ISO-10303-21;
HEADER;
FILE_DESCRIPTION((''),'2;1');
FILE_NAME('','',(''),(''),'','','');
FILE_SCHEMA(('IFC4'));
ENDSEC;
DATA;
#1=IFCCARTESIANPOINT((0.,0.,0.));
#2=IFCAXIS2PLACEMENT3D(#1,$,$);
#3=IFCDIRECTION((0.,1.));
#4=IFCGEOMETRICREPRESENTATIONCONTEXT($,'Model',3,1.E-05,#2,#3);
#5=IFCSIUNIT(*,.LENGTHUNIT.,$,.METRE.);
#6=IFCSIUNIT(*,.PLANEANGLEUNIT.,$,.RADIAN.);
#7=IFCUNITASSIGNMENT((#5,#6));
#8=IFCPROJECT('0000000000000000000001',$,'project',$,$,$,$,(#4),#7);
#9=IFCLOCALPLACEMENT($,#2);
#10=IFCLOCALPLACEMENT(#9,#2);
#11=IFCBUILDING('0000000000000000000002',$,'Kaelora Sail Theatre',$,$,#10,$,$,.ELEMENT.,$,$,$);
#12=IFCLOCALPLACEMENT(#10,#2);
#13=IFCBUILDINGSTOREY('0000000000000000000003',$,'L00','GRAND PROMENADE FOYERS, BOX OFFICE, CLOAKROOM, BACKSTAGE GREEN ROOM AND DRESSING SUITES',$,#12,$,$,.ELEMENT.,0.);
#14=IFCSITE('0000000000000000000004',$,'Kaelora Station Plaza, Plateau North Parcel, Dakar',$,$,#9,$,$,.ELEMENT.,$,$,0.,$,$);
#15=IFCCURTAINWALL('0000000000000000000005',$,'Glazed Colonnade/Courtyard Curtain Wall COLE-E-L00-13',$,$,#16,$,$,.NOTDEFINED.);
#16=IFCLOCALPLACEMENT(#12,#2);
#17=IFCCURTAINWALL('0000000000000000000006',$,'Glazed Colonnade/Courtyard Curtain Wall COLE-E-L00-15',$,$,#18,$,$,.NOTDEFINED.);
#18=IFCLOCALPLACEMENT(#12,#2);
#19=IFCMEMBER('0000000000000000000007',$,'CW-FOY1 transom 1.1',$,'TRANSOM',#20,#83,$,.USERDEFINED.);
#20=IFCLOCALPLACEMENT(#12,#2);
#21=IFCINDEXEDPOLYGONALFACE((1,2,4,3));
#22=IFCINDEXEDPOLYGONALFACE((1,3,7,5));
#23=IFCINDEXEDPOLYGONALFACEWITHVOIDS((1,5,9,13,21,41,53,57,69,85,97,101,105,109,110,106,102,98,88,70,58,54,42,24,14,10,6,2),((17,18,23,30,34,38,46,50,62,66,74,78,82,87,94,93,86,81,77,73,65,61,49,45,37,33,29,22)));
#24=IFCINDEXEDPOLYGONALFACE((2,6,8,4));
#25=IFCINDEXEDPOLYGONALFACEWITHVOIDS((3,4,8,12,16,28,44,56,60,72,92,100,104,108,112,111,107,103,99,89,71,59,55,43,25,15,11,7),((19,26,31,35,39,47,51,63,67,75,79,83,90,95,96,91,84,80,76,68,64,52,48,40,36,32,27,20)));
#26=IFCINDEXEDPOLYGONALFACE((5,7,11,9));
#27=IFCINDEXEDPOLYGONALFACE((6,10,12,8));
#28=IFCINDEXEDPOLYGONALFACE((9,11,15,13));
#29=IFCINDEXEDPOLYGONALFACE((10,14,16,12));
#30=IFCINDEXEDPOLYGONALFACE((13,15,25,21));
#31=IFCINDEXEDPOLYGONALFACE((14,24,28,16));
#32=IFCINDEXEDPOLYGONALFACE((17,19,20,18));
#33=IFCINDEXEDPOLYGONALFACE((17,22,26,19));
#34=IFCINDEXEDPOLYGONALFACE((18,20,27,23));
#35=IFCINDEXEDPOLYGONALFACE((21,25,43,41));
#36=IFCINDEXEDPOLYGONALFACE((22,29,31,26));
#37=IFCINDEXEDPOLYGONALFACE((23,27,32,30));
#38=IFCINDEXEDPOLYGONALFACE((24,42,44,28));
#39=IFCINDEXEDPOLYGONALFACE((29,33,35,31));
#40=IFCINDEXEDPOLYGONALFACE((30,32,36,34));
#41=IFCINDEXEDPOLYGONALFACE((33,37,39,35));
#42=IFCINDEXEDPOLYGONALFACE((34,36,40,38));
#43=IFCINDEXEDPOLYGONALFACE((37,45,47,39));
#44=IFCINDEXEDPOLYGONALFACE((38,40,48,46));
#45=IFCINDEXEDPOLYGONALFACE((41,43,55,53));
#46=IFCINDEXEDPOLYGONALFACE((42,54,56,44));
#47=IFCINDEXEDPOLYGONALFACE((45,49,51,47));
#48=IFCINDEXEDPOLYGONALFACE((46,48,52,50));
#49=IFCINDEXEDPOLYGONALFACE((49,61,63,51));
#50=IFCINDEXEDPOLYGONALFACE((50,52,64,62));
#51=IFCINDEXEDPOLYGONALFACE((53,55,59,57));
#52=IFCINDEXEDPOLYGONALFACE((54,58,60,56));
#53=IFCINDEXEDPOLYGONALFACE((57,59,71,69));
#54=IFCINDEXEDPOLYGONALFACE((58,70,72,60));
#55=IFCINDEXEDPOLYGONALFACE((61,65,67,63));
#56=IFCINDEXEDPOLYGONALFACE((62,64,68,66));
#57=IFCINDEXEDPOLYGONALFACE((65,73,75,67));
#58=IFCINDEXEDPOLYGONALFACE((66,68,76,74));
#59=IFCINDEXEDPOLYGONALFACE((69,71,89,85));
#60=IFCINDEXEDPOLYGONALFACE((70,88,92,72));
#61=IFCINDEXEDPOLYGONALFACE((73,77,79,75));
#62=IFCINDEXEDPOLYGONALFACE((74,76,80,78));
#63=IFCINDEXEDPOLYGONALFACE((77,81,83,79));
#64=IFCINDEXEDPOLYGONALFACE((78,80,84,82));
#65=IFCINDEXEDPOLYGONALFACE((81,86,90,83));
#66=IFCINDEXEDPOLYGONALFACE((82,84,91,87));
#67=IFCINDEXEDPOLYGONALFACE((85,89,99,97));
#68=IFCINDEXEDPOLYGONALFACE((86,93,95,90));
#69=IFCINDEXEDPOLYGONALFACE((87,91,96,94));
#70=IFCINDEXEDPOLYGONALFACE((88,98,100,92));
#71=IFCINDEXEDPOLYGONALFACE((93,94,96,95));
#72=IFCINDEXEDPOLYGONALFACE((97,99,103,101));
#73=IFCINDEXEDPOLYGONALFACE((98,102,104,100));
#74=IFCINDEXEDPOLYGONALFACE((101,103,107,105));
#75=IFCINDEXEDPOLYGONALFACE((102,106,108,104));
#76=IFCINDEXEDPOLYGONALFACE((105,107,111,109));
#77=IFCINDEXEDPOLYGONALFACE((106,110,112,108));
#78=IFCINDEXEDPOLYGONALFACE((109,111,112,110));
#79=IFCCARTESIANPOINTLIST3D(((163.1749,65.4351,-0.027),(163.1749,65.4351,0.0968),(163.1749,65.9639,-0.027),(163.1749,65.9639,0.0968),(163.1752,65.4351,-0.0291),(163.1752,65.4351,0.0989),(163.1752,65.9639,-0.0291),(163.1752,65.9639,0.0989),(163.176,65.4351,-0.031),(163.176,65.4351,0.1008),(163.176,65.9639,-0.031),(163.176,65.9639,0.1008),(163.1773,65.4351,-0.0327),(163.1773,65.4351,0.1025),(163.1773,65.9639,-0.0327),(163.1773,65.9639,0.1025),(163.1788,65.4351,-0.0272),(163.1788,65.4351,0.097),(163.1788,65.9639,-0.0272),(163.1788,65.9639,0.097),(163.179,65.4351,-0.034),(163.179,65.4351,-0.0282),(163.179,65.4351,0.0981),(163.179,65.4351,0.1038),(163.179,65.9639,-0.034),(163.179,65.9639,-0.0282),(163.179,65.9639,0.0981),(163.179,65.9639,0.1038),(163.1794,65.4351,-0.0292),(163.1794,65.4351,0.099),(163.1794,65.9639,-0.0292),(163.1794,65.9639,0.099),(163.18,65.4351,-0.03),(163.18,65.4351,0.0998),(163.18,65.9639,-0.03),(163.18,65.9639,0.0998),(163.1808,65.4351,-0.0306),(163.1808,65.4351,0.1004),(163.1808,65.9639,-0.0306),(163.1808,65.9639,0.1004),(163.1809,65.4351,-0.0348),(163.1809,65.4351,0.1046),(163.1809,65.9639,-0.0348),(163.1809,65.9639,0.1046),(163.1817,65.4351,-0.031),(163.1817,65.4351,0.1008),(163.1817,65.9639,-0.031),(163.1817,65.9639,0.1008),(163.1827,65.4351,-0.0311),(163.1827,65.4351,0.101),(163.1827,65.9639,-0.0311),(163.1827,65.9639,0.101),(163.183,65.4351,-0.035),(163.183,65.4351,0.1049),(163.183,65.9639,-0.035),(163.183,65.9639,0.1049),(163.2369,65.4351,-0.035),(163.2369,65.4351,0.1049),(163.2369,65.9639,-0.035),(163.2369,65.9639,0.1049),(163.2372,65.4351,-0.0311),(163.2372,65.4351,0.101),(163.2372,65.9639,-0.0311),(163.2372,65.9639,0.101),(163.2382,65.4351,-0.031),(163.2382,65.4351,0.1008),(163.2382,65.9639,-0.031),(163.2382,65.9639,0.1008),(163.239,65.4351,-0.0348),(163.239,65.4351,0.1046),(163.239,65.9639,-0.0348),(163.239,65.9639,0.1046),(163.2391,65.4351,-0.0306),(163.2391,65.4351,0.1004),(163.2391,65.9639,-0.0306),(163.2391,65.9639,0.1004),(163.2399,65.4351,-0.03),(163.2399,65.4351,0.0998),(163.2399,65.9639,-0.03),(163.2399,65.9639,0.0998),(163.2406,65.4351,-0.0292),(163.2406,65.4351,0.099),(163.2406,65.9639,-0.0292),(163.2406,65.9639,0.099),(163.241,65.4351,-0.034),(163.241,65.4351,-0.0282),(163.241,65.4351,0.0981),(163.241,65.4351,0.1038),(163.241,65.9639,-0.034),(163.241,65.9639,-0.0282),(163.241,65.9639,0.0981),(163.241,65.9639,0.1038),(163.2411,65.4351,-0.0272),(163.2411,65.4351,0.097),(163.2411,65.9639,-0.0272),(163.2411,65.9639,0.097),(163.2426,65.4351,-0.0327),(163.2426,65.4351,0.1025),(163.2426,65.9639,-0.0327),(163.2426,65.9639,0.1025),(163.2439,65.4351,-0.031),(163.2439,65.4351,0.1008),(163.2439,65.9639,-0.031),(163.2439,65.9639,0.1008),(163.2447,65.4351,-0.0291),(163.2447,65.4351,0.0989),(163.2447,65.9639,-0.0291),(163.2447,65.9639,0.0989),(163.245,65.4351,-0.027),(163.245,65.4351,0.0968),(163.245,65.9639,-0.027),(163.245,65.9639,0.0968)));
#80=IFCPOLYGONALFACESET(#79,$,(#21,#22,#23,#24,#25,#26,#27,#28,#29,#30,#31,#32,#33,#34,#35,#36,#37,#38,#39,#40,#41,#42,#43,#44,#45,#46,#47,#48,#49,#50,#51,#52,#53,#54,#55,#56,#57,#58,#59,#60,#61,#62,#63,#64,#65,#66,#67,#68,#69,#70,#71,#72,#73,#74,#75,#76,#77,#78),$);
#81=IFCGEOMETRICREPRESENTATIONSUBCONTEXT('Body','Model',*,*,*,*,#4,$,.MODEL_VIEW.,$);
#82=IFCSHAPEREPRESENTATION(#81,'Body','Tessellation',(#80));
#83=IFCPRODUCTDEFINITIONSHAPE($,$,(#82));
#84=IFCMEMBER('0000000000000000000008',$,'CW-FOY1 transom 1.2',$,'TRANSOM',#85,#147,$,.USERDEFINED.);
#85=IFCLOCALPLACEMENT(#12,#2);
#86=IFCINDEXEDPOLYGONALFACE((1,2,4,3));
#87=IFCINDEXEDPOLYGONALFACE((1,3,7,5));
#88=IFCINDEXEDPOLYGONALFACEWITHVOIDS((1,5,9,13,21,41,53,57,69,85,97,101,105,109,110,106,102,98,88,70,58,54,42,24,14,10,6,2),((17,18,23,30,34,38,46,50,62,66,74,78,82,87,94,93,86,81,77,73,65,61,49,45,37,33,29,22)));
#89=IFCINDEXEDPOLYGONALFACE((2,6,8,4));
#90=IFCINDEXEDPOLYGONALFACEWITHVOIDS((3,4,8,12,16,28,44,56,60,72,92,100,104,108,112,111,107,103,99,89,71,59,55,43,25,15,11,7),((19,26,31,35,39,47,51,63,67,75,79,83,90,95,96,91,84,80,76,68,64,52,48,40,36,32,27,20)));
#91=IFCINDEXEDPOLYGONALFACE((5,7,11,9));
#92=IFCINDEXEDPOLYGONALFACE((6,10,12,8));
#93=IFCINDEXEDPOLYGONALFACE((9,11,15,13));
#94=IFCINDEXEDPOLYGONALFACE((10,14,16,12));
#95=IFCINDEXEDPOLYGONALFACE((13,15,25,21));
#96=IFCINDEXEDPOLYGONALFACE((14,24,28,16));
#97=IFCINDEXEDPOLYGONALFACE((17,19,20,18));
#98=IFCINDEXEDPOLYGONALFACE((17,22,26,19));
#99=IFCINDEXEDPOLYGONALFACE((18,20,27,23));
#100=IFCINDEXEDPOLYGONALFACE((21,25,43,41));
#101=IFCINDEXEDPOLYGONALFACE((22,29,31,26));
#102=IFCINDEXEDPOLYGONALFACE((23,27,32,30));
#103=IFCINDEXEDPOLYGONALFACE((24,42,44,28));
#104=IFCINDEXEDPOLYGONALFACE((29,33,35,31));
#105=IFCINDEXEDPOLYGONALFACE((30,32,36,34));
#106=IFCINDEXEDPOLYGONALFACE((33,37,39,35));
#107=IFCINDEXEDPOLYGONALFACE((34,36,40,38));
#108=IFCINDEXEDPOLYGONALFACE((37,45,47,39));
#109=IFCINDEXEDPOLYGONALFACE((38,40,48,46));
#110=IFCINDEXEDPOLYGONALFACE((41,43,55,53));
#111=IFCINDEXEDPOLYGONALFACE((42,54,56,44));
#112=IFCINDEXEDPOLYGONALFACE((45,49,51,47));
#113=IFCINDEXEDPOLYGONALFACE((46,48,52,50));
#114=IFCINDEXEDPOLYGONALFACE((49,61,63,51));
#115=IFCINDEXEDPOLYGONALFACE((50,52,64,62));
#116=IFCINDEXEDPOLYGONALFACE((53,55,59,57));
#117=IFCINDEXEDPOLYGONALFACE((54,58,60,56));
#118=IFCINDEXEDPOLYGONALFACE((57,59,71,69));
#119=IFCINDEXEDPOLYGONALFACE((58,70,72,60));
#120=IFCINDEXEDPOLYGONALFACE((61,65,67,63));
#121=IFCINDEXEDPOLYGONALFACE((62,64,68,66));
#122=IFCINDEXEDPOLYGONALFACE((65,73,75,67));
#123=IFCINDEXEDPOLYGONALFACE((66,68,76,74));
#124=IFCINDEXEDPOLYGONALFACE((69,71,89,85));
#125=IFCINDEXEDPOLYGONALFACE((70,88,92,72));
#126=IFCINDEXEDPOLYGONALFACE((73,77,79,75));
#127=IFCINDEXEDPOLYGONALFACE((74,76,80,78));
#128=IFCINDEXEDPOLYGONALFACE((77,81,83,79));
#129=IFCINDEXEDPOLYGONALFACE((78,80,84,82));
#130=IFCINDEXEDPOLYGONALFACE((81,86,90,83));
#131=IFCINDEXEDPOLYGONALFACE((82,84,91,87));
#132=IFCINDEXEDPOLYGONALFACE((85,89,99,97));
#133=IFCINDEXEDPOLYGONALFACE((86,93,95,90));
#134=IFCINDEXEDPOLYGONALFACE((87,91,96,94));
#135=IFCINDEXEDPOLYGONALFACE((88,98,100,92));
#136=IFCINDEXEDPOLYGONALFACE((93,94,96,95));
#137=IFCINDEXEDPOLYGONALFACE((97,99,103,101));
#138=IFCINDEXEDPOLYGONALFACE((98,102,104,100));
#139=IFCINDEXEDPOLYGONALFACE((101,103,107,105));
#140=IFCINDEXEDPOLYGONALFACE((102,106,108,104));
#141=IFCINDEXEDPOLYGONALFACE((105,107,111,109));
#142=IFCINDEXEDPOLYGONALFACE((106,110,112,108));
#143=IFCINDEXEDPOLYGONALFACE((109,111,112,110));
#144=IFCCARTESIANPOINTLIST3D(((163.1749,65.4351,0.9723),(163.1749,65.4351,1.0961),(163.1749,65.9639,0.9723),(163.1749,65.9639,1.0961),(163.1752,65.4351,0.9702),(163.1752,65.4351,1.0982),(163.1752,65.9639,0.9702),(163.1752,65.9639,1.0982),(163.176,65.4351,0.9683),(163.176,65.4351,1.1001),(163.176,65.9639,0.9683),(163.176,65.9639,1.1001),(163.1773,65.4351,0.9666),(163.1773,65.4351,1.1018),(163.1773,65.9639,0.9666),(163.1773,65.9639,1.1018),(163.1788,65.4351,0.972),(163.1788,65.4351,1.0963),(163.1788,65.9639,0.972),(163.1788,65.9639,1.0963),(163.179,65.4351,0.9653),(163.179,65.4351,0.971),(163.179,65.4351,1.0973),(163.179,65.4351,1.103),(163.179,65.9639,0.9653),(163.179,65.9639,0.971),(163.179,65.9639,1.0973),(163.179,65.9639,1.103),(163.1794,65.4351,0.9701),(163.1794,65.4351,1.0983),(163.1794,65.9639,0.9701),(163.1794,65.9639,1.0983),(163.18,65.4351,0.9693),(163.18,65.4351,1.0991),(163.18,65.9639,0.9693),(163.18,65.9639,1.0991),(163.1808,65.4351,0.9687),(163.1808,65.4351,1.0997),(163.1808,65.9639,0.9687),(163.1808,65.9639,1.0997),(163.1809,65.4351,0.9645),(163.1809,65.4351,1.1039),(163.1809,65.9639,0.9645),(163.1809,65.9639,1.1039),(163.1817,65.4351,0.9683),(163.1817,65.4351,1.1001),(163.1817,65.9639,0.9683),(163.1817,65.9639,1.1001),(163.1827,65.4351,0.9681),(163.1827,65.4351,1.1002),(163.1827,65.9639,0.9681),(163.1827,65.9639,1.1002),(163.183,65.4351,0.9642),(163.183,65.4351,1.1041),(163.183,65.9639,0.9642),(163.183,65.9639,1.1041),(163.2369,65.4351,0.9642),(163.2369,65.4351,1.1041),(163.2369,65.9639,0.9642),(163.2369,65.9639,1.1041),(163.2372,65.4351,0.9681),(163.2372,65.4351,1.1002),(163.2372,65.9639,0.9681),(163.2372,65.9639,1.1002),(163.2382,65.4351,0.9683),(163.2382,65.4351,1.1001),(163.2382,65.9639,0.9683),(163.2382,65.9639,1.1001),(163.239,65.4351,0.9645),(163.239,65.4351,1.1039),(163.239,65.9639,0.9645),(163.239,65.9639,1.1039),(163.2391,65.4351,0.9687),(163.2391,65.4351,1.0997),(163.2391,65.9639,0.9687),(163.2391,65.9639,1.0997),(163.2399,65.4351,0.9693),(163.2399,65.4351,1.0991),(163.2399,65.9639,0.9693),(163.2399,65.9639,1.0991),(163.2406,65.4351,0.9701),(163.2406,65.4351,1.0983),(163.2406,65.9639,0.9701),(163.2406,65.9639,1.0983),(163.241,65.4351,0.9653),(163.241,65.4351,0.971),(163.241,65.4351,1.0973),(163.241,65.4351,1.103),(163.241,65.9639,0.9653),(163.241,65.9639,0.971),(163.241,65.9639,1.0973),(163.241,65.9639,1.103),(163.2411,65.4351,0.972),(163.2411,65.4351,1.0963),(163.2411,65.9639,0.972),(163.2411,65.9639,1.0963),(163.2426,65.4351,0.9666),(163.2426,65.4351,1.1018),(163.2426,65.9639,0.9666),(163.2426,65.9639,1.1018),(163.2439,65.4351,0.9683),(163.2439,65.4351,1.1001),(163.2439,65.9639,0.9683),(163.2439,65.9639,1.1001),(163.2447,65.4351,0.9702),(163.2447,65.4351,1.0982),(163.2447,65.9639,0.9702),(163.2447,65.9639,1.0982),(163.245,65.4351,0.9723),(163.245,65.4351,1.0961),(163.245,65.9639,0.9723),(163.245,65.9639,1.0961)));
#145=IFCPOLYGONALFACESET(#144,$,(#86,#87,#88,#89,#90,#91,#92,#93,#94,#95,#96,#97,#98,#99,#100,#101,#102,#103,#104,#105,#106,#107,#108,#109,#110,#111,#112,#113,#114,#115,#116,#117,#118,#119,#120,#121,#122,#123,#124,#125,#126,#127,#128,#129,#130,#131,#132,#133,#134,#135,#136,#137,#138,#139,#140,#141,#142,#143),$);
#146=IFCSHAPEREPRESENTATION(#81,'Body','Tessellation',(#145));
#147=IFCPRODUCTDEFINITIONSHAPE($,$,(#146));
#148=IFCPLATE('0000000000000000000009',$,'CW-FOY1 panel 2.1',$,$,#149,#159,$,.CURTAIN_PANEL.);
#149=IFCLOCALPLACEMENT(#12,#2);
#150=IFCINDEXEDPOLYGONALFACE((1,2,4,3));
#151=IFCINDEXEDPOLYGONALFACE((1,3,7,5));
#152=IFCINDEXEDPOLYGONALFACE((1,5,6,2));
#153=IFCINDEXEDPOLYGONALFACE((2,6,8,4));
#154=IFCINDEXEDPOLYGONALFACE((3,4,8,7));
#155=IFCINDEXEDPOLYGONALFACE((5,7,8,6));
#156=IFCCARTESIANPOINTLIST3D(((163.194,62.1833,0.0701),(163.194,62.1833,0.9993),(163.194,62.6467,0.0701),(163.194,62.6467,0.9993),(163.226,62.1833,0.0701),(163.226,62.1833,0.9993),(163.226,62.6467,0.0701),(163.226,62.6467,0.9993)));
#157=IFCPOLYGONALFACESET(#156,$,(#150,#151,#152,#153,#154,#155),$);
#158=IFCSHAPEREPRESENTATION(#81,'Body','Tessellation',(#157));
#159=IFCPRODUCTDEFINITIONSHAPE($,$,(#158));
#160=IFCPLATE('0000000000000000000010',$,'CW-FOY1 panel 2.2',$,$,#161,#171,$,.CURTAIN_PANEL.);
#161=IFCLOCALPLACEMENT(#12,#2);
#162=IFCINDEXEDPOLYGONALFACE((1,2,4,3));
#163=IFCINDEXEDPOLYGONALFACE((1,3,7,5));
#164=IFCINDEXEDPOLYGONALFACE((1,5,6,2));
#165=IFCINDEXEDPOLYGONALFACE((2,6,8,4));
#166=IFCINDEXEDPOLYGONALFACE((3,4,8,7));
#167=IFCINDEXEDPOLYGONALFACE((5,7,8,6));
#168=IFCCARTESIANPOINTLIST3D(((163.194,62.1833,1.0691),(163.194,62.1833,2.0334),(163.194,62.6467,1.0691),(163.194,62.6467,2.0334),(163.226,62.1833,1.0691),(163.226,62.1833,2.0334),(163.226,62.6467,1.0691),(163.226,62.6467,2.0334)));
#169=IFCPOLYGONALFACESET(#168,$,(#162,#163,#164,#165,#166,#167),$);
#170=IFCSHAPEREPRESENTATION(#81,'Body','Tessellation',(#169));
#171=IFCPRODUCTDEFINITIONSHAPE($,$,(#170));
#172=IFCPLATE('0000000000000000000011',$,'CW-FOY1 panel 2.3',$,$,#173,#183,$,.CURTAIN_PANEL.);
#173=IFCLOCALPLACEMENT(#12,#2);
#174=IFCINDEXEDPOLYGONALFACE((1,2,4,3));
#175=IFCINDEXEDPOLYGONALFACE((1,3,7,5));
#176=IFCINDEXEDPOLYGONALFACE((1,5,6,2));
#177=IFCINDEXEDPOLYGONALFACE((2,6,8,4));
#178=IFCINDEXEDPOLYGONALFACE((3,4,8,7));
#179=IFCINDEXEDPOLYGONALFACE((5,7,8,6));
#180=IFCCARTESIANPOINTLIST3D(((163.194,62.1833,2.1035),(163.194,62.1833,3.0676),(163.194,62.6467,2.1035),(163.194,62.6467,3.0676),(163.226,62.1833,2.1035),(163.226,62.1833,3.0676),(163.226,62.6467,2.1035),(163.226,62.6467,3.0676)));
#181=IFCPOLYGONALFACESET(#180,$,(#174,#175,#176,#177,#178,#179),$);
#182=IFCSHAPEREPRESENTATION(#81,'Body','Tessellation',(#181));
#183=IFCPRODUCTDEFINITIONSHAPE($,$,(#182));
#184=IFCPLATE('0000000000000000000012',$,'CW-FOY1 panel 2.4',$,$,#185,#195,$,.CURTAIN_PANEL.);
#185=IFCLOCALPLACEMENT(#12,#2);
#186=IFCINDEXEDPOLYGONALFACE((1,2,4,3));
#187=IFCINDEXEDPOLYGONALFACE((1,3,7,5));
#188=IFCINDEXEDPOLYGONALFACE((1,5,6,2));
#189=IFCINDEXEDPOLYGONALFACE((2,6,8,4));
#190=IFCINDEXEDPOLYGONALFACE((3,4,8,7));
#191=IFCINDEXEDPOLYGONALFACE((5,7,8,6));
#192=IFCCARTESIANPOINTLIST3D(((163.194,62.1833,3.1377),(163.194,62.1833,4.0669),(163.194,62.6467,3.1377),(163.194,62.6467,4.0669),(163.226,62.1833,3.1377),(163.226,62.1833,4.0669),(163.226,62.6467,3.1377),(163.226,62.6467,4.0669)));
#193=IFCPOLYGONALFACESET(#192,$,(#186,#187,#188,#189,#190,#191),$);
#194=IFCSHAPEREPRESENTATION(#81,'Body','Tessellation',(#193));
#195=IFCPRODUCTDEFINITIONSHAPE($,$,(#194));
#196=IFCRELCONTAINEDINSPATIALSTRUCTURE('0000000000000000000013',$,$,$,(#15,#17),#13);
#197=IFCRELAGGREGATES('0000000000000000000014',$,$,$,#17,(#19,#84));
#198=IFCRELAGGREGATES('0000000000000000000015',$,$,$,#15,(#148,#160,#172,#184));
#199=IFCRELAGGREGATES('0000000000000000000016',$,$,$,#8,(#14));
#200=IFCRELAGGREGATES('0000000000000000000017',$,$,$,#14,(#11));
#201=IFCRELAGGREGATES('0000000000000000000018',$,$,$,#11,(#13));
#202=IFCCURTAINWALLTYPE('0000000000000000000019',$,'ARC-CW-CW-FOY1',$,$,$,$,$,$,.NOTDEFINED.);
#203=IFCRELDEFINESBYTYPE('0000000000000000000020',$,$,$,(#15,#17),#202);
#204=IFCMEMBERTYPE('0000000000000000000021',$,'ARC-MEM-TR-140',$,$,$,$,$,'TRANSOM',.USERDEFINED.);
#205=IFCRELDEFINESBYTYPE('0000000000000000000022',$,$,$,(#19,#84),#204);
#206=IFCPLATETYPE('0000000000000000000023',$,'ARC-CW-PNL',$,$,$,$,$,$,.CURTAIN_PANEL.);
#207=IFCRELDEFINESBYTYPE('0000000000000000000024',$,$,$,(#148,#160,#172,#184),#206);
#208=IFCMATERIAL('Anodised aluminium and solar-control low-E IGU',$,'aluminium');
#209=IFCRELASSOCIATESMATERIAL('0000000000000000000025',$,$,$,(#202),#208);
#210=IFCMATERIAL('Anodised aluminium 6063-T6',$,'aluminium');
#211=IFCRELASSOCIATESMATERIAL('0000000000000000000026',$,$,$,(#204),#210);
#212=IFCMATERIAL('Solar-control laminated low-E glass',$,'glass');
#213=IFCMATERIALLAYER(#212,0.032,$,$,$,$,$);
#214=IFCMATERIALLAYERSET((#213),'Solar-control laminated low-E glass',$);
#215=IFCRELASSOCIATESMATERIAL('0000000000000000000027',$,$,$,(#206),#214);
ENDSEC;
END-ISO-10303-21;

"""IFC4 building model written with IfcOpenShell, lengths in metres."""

from ifc_helpers import new_model, si_unit, direction, frame, origin, origin_2d, place, context, subcontext, project, spatial, rectangle, hollow_rectangle, extrude, material, layer, layer_set, material_profile, profile_set, type_object, element, aggregate, save


model = new_model("IFC4")

# Units and contexts
model_context = context("Model", 3, precision=1e-05, world=origin(), true_north=direction((0.0, 1.0)))
body_context = subcontext(model_context, "Body", "Model", "MODEL_VIEW")
ifc_project = project(units=[si_unit("LENGTHUNIT", "METRE"), si_unit("PLANEANGLEUNIT", "RADIAN")], contexts=[model_context])

# Site, building, storey
site_placement = place(None, origin())
site = spatial("IfcSite", under=ifc_project, at=site_placement, Name="Kaelora Station Plaza, Plateau North Parcel, Dakar", CompositionType="ELEMENT", RefElevation=0.0)
building_placement = place(site_placement, origin())
building = spatial("IfcBuilding", under=site, at=building_placement, Name="Kaelora Sail Theatre", CompositionType="ELEMENT")
storey_placement = place(building_placement, origin())
storey = spatial("IfcBuildingStorey", under=building, at=storey_placement, Name="L00", Description="GRAND PROMENADE FOYERS, BOX OFFICE, CLOAKROOM, BACKSTAGE GREEN ROOM AND DRESSING SUITES", CompositionType="ELEMENT", Elevation=0.0)

# Curtain wall
ifc_material_1 = material(Name="Anodised aluminium and solar-control low-E IGU", Category="aluminium")
curtain_wall_type = type_object("IfcCurtainWallType", Name="ARC-CW-CW-FOY1", PredefinedType="NOTDEFINED", material=ifc_material_1)
curtain_wall_1_placement = place(storey_placement, origin())
curtain_wall_1 = element("IfcCurtainWall", 1, at=curtain_wall_1_placement, inside=storey, type_object=curtain_wall_type, Name="Glazed Colonnade/Courtyard Curtain Wall COLE-E-L00-13", PredefinedType="NOTDEFINED")

# Curtain wall
curtain_wall_2_placement = place(storey_placement, origin())
curtain_wall_2 = element("IfcCurtainWall", 2, at=curtain_wall_2_placement, inside=storey, type_object=curtain_wall_type, Name="Glazed Colonnade/Courtyard Curtain Wall COLE-E-L00-15", PredefinedType="NOTDEFINED")

# Members
ifc_material_2 = material(Name="Anodised aluminium 6063-T6", Category="aluminium")
ifc_material_profile_1 = material_profile(ifc_material_2, hollow_rectangle(XDim=0.0701, YDim=0.1399, WallThickness=0.0039, InnerFilletRadius=0.0039, OuterFilletRadius=0.0081, at=origin_2d()), Name="ALU-TRAN 70x140x4")
ifc_profile_set_1 = profile_set([ifc_material_profile_1], Name="Anodised aluminium 6063-T6")
member_type_1 = type_object("IfcMemberType", Name="ARC-MEM-TR-140", ElementType="TRANSOM", PredefinedType="USERDEFINED", material=ifc_profile_set_1)
member_1_placement = place(storey_placement, frame((163.21, 65.4351, 0.0349), z_axis=(0.0, 1.0, 0.0), x_axis=(-1.0, 0.0, 0.0)))
member_1 = element("IfcMember", 3, at=member_1_placement, type_object=member_type_1, Name="CW-FOY1 transom 1.1", ObjectType="TRANSOM", PredefinedType="USERDEFINED", context=body_context, shape_type="SweptSolid", body=[
    extrude(hollow_rectangle(XDim=0.0701, YDim=0.1399, WallThickness=0.0039, InnerFilletRadius=0.0039, OuterFilletRadius=0.0081, at=origin_2d()), origin(), (0.0, 0.0, 1.0), 0.5288),
])
member_2_placement = place(storey_placement, frame((163.21, 65.4351, 1.0342), z_axis=(0.0, 1.0, 0.0), x_axis=(-1.0, 0.0, 0.0)))
member_2 = element("IfcMember", 4, at=member_2_placement, type_object=member_type_1, Name="CW-FOY1 transom 1.2", ObjectType="TRANSOM", PredefinedType="USERDEFINED", context=body_context, shape_type="SweptSolid", body=[
    extrude(hollow_rectangle(XDim=0.0701, YDim=0.1399, WallThickness=0.0039, InnerFilletRadius=0.0039, OuterFilletRadius=0.0081, at=origin_2d()), origin(), (0.0, 0.0, 1.0), 0.5288),
])
aggregate(curtain_wall_2, [member_1, member_2])

# Plates
ifc_material_3 = material(Name="Solar-control laminated low-E glass", Category="glass")
ifc_layer = layer(ifc_material_3, 0.032)
ifc_layer_set = layer_set([ifc_layer], Name="Solar-control laminated low-E glass")
plate_type = type_object("IfcPlateType", Name="ARC-CW-PNL", PredefinedType="CURTAIN_PANEL", material=ifc_layer_set)
plate_1_placement = place(storey_placement, frame((163.21, 62.415, 0.0701), z_axis=(0.0, 0.0, 1.0), x_axis=(0.0, 1.0, 0.0)))
plate_1 = element("IfcPlate", 5, at=plate_1_placement, type_object=plate_type, Name="CW-FOY1 panel 2.1", PredefinedType="CURTAIN_PANEL", context=body_context, shape_type="SweptSolid", body=[
    extrude(rectangle(XDim=0.4634, YDim=0.032, at=origin_2d()), origin(), (0.0, 0.0, 1.0), 0.9292),
])
plate_2_placement = place(storey_placement, frame((163.21, 62.415, 1.0691), z_axis=(0.0, 0.0, 1.0), x_axis=(0.0, 1.0, 0.0)))
plate_2 = element("IfcPlate", 6, at=plate_2_placement, type_object=plate_type, Name="CW-FOY1 panel 2.2", PredefinedType="CURTAIN_PANEL", context=body_context, shape_type="SweptSolid", body=[
    extrude(rectangle(XDim=0.4634, YDim=0.032, at=origin_2d()), origin(), (0.0, 0.0, 1.0), 0.9644),
])
plate_3_placement = place(storey_placement, frame((163.21, 62.415, 2.1035), z_axis=(0.0, 0.0, 1.0), x_axis=(0.0, 1.0, 0.0)))
plate_3 = element("IfcPlate", 7, at=plate_3_placement, type_object=plate_type, Name="CW-FOY1 panel 2.3", PredefinedType="CURTAIN_PANEL", context=body_context, shape_type="SweptSolid", body=[
    extrude(rectangle(XDim=0.4634, YDim=0.032, at=origin_2d()), origin(), (0.0, 0.0, 1.0), 0.9641),
])
plate_4_placement = place(storey_placement, frame((163.21, 62.415, 3.1377), z_axis=(0.0, 0.0, 1.0), x_axis=(0.0, 1.0, 0.0)))
plate_4 = element("IfcPlate", 8, at=plate_4_placement, type_object=plate_type, Name="CW-FOY1 panel 2.4", PredefinedType="CURTAIN_PANEL", context=body_context, shape_type="SweptSolid", body=[
    extrude(rectangle(XDim=0.4634, YDim=0.032, at=origin_2d()), origin(), (0.0, 0.0, 1.0), 0.9292),
])
aggregate(curtain_wall_1, [plate_1, plate_2, plate_3, plate_4])

save(model, "model.ifc")
